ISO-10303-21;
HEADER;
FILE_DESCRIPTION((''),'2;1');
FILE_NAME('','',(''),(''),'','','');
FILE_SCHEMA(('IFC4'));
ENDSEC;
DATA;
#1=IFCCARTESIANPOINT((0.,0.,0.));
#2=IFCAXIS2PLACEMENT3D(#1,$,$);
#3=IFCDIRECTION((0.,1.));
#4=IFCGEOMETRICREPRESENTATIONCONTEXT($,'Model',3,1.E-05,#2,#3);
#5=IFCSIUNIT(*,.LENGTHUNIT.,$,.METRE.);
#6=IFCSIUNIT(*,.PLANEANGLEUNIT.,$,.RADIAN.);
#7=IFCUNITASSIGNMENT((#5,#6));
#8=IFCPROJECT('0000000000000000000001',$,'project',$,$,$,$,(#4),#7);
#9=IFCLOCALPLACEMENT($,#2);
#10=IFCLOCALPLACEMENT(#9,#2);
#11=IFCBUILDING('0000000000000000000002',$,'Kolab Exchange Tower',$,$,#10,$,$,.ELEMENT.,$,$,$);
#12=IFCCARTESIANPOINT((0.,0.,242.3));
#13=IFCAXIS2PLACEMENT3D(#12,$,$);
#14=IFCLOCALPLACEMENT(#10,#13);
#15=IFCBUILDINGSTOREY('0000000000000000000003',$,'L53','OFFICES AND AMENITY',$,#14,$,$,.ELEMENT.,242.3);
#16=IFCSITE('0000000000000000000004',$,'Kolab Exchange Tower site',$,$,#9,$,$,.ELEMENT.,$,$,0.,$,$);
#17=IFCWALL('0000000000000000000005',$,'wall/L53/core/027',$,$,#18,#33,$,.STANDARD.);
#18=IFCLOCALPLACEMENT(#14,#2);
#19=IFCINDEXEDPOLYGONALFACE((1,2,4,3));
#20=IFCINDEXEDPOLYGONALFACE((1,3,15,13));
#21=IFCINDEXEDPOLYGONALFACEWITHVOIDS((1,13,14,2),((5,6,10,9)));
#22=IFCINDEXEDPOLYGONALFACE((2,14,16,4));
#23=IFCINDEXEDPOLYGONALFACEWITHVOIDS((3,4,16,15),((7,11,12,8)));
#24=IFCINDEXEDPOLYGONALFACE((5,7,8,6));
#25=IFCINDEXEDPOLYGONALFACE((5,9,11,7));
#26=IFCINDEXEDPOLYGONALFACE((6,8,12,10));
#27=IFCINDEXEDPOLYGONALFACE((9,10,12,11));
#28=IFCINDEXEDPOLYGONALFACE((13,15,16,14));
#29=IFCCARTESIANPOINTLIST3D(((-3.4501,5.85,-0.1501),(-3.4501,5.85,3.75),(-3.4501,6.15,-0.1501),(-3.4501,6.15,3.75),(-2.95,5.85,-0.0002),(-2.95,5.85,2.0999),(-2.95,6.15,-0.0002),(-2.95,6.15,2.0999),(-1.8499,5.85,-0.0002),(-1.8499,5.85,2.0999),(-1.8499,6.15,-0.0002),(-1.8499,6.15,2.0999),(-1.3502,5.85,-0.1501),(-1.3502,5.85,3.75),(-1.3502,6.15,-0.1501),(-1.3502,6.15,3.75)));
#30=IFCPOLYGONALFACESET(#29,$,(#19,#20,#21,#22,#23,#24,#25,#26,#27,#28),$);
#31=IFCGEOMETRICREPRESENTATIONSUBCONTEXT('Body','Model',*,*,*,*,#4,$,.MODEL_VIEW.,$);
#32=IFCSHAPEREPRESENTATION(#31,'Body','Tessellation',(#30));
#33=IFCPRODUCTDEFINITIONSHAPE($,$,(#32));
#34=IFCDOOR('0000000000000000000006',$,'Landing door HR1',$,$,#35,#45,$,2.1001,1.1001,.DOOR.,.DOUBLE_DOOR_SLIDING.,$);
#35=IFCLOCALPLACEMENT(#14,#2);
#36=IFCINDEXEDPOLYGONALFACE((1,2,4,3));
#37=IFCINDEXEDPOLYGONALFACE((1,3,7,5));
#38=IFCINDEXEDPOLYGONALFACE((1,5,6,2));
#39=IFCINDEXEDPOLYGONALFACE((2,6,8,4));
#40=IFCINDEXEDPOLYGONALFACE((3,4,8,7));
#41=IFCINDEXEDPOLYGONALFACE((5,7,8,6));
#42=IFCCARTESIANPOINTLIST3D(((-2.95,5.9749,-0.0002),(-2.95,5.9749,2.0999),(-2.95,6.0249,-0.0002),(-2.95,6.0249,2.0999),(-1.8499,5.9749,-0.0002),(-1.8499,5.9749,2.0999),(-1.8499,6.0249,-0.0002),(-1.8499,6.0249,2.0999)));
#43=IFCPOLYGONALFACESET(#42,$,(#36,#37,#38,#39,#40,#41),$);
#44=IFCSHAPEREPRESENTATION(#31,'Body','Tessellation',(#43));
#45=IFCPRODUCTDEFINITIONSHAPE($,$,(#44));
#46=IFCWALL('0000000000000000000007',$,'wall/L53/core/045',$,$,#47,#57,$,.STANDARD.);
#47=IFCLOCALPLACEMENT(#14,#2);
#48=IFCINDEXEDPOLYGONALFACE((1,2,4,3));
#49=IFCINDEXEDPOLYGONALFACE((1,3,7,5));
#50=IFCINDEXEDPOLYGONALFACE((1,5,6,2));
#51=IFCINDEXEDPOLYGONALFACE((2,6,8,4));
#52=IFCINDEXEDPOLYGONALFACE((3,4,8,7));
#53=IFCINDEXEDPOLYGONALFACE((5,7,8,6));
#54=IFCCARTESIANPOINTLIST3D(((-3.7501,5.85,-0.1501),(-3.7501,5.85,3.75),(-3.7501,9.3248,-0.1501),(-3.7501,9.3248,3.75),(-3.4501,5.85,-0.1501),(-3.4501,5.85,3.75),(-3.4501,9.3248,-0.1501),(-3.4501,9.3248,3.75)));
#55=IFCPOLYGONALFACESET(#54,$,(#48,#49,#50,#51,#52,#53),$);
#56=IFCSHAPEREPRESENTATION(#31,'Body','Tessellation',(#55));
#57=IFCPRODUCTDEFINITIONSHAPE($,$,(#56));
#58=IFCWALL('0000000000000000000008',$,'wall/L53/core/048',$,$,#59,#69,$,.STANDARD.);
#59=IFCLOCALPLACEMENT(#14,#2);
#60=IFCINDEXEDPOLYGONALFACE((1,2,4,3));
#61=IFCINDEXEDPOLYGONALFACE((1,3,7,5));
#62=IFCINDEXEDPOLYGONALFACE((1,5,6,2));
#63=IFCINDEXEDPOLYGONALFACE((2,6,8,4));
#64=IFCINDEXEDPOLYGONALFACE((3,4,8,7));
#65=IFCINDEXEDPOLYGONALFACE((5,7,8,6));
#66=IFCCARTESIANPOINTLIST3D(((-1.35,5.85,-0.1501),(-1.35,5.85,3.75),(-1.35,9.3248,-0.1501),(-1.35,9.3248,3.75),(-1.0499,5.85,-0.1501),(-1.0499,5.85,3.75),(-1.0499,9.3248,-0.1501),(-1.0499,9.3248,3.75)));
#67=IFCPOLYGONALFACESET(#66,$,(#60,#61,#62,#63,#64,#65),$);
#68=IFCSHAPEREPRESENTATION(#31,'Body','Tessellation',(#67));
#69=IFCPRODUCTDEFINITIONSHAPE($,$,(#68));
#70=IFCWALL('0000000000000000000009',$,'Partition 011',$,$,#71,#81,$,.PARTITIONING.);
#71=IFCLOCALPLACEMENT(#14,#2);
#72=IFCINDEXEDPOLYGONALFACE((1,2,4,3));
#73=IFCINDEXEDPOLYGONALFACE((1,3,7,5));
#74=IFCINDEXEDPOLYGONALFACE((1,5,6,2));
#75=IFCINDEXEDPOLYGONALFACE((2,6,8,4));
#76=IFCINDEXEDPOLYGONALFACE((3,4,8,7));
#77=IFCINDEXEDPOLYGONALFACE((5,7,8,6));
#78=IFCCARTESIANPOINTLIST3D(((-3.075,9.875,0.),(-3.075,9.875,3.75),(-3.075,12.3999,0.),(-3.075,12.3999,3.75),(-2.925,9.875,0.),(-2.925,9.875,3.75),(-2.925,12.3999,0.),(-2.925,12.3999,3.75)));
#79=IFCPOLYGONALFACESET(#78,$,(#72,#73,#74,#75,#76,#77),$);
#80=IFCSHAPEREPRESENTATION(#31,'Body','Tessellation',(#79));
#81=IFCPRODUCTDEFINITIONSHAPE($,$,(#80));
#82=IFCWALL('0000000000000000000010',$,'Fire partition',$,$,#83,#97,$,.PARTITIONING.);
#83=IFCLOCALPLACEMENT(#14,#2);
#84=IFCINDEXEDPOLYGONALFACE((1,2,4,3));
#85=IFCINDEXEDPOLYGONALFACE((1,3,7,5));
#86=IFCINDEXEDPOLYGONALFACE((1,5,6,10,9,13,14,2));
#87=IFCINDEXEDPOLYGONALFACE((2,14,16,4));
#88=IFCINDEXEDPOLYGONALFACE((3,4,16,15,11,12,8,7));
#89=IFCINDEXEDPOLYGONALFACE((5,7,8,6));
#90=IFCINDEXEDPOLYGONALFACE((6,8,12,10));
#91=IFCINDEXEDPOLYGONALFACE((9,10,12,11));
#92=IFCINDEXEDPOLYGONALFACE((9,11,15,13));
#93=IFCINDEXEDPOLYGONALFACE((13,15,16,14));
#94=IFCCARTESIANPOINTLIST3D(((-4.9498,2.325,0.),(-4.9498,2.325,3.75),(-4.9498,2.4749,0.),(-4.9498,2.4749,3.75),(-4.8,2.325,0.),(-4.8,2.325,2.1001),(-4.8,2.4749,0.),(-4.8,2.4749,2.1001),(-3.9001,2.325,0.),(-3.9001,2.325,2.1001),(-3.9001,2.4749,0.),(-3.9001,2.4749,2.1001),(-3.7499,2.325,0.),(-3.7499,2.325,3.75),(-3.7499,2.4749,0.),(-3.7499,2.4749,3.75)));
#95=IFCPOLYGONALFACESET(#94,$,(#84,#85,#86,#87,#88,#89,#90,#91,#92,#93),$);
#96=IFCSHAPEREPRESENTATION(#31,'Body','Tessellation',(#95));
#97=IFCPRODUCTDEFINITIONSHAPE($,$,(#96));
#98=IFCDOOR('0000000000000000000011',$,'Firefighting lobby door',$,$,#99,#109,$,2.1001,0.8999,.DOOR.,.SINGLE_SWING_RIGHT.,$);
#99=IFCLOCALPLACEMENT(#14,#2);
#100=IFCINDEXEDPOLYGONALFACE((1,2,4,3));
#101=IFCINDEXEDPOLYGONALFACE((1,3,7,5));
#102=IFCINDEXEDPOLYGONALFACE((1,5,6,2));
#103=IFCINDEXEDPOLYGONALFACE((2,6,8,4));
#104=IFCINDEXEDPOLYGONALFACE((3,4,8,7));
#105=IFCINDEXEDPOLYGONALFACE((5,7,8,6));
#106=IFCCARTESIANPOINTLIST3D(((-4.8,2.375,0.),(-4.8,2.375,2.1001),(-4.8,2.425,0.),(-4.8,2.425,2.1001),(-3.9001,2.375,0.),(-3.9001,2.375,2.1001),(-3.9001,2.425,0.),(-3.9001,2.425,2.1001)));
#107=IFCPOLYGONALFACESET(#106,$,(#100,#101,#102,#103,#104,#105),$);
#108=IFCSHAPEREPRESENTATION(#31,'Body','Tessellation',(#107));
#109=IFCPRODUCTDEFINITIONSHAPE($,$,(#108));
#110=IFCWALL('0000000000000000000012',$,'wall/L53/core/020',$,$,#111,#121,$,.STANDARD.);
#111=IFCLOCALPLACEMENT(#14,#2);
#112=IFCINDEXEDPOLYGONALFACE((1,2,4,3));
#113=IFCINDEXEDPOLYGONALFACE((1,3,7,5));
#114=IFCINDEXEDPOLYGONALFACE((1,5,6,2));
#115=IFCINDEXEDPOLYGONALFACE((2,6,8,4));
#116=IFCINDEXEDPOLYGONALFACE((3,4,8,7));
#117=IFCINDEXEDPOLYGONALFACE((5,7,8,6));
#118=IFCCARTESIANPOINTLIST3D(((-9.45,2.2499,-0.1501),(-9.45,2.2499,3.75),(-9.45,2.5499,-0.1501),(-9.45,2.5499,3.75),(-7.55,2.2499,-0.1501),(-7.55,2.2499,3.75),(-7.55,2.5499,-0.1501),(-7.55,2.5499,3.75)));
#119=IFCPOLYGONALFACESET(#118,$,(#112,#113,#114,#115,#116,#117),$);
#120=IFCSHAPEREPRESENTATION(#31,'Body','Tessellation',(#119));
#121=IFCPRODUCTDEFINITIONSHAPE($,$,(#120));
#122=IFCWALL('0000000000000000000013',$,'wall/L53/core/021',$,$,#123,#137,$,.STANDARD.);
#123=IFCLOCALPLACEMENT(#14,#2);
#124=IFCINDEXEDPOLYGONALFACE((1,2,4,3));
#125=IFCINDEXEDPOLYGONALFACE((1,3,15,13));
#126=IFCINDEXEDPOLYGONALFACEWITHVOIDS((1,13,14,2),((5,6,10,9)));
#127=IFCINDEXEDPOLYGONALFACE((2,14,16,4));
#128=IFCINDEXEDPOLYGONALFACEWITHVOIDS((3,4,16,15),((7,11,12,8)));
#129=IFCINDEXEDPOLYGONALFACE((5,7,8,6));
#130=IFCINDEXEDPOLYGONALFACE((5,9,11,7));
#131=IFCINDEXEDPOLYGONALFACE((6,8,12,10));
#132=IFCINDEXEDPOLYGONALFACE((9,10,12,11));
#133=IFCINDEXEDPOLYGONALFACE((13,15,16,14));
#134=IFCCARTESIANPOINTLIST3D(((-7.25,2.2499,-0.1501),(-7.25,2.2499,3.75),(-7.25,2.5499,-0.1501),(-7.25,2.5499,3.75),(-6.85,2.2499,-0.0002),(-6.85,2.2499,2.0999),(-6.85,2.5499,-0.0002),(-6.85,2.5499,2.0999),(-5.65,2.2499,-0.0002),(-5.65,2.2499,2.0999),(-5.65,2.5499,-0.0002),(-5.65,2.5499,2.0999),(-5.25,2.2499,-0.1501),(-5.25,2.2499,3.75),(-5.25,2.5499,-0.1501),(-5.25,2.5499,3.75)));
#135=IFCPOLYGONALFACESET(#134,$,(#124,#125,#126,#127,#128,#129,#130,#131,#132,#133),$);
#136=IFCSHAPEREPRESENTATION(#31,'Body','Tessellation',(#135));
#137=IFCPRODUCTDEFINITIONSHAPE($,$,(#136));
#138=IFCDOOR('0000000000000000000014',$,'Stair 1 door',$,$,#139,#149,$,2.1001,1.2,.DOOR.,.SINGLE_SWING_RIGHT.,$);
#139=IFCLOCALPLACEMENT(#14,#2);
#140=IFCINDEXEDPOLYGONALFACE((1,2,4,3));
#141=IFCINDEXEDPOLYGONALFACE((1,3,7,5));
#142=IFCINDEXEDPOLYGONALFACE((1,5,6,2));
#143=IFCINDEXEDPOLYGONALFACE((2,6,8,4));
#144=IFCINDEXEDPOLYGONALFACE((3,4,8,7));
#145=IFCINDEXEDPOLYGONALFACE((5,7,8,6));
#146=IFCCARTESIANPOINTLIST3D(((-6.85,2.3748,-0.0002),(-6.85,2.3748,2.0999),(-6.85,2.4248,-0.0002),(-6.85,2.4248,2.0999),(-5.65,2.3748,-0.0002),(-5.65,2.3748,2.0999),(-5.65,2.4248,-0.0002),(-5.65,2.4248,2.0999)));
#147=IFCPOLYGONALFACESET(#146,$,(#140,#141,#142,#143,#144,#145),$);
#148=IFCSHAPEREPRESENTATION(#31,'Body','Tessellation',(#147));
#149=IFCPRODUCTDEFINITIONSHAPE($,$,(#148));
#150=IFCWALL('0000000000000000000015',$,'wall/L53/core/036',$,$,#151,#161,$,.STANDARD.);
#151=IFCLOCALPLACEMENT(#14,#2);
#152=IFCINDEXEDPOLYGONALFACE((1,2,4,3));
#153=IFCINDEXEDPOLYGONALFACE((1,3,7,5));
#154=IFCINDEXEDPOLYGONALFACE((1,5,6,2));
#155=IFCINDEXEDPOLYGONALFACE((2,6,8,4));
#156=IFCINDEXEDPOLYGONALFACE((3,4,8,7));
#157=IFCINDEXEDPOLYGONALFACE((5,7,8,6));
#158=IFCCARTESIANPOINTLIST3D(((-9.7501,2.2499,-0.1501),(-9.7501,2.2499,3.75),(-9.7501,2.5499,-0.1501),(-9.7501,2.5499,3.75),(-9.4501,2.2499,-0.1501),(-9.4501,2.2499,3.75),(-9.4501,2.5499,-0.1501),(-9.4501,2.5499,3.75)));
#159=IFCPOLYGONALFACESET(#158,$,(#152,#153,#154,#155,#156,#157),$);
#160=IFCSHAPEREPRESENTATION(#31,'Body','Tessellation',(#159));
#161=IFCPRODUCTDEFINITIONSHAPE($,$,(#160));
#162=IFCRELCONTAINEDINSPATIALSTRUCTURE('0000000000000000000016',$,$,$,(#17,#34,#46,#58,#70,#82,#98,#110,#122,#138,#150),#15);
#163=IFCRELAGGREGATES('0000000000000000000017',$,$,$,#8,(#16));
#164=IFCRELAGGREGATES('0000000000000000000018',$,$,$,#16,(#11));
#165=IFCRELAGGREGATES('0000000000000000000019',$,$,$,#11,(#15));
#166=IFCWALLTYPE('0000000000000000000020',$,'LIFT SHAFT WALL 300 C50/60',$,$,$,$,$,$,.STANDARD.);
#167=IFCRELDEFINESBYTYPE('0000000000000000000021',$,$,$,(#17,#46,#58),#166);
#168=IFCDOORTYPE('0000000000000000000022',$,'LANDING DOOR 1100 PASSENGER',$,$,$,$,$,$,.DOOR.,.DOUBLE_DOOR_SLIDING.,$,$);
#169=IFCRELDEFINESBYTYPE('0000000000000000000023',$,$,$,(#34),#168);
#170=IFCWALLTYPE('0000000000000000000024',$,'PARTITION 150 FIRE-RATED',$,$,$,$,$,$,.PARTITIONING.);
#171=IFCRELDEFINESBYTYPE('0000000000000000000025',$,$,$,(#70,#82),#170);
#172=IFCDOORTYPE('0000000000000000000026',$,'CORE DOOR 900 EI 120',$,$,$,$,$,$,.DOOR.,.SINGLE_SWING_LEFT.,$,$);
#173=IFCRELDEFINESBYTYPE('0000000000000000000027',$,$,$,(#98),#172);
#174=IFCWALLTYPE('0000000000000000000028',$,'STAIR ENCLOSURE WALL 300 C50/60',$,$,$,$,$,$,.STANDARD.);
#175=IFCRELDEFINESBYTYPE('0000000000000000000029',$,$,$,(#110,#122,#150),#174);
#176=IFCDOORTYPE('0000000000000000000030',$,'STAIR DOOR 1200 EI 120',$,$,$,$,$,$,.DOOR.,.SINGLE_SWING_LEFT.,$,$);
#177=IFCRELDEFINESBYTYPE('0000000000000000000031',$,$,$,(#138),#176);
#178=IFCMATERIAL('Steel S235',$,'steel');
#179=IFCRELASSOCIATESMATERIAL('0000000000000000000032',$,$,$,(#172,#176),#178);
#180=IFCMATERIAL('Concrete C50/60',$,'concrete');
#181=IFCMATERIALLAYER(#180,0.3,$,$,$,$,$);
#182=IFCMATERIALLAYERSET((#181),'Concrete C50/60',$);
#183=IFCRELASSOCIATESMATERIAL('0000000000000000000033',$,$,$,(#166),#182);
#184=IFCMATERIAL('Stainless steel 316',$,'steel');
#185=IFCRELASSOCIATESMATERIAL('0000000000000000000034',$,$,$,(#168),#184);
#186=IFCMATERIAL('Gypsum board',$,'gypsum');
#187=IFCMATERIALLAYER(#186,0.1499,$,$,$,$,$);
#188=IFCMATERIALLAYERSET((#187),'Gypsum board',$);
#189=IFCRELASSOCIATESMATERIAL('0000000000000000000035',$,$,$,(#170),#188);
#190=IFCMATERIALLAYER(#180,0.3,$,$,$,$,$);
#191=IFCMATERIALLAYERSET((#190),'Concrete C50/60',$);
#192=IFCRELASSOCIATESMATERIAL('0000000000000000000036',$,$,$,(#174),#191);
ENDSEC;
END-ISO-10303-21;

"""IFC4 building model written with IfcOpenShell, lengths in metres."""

from ifc_helpers import new_model, si_unit, direction, frame, frame_2d, origin, place, context, subcontext, project, spatial, rectangle, extrude, material, layer, layer_set, type_object, element, fill, save


model = new_model("IFC4")

# Units and contexts
model_context = context("Model", 3, precision=1e-05, world=origin(), true_north=direction((0.0, 1.0)))
body_context = subcontext(model_context, "Body", "Model", "MODEL_VIEW")
ifc_project = project(units=[si_unit("LENGTHUNIT", "METRE"), si_unit("PLANEANGLEUNIT", "RADIAN")], contexts=[model_context])

# Site, building, storey
site_placement = place(None, origin())
site = spatial("IfcSite", under=ifc_project, at=site_placement, Name="Kolab Exchange Tower site", CompositionType="ELEMENT", RefElevation=0.0)
building_placement = place(site_placement, origin())
building = spatial("IfcBuilding", under=site, at=building_placement, Name="Kolab Exchange Tower", CompositionType="ELEMENT")
storey_placement = place(building_placement, frame((0.0, 0.0, 242.3)))
storey = spatial("IfcBuildingStorey", under=building, at=storey_placement, Name="L53", Description="OFFICES AND AMENITY", CompositionType="ELEMENT", Elevation=242.3)

# Shared definitions
ifc_material_1 = material(Name="Concrete C50/60", Category="concrete")
ifc_material_2 = material(Name="Steel S235", Category="steel")
door_type_1 = type_object("IfcDoorType", Name="CORE DOOR 900 EI 120", OperationType="SINGLE_SWING_LEFT", PredefinedType="DOOR", material=ifc_material_2)

# Shared definitions
ifc_layer_1 = layer(ifc_material_1, 0.3)
ifc_layer_set_1 = layer_set([ifc_layer_1], Name="Concrete C50/60")
wall_type_1 = type_object("IfcWallType", Name="LIFT SHAFT WALL 300 C50/60", PredefinedType="STANDARD", material=ifc_layer_set_1)

# Wall, opening, door
ifc_material_3 = material(Name="Stainless steel 316", Category="steel")
door_type_2 = type_object("IfcDoorType", Name="LANDING DOOR 1100 PASSENGER", OperationType="DOUBLE_DOOR_SLIDING", PredefinedType="DOOR", material=ifc_material_3)
wall_1_placement = place(storey_placement, frame((-3.45, 6.0, -0.1501), z_axis=(0.0, 0.0, 1.0), x_axis=(1.0, 0.0, 0.0)))
wall_1 = element("IfcWall", 1, at=wall_1_placement, inside=storey, type_object=wall_type_1, Name="wall/L53/core/027", PredefinedType="STANDARD", context=body_context, shape_type="SweptSolid", body=[
    extrude(rectangle(XDim=2.0999, YDim=0.3, at=frame_2d((1.0498, 0.0))), origin(), (0.0, 0.0, 1.0), 3.9001),
])
opening_1_placement = place(wall_1_placement, frame((0.5, 0.0, 0.1499)))
opening_1 = element("IfcOpeningElement", 2, at=opening_1_placement, cuts=wall_1, PredefinedType="OPENING", context=body_context, shape_type="SweptSolid", body=[
    extrude(rectangle(XDim=1.1001, YDim=2.1001, at=frame_2d((0.55, 1.05))), frame((0.0, 0.1602, 0.0), z_axis=(0.0, -1.0, 0.0), x_axis=(1.0, 0.0, 0.0)), (0.0, 0.0, 1.0), 0.3201),
])
door_1_placement = place(opening_1_placement, origin())
door_1 = element("IfcDoor", 3, at=door_1_placement, inside=storey, type_object=door_type_2, Name="Landing door HR1", OperationType="DOUBLE_DOOR_SLIDING", OverallHeight=2.1001, OverallWidth=1.1001, PredefinedType="DOOR", context=body_context, shape_type="SweptSolid", body=[
    extrude(rectangle(XDim=1.1001, YDim=2.1001, at=frame_2d((0.55, 1.05))), frame((0.0, 0.0249, 0.0), z_axis=(0.0, -1.0, 0.0), x_axis=(1.0, 0.0, 0.0)), (0.0, 0.0, 1.0), 0.05),
])
fill(opening_1, door_1)

# Walls
for number, where, z_axis, x_axis, name in (
    (4, (-3.6001, 5.8501, -0.1501), (0.0, 0.0, 1.0), (0.0, 1.0, 0.0), "wall/L53/core/045"),
    (5, (-1.2, 5.8501, -0.1501), (0.0, 0.0, 1.0), (0.0, 1.0, 0.0), "wall/L53/core/048"),
):
    element("IfcWall", number, at=place(storey_placement, frame(where, z_axis=z_axis, x_axis=x_axis)), inside=storey, type_object=wall_type_1, Name=name, PredefinedType="STANDARD", context=body_context, shape_type="SweptSolid", body=[
        extrude(rectangle(XDim=3.4749, YDim=0.3, at=frame_2d((1.7373, 0.0))), origin(), (0.0, 0.0, 1.0), 3.9001),
    ])
ifc_material_4 = material(Name="Gypsum board", Category="gypsum")
ifc_layer_2 = layer(ifc_material_4, 0.1499)
ifc_layer_set_2 = layer_set([ifc_layer_2], Name="Gypsum board")
wall_type_2 = type_object("IfcWallType", Name="PARTITION 150 FIRE-RATED", PredefinedType="PARTITIONING", material=ifc_layer_set_2)
wall_2_placement = place(storey_placement, frame((-3.0, 9.875, 0.0), z_axis=(0.0, 0.0, 1.0), x_axis=(0.0, 1.0, 0.0)))
element("IfcWall", 6, at=wall_2_placement, inside=storey, type_object=wall_type_2, Name="Partition 011", PredefinedType="PARTITIONING", context=body_context, shape_type="SweptSolid", body=[
    extrude(rectangle(XDim=2.5249, YDim=0.1499, at=frame_2d((1.2625, 0.0))), origin(), (0.0, 0.0, 1.0), 3.75),
])

# Wall, opening, door
wall_3_placement = place(storey_placement, frame((-4.95, 2.3999, 0.0), z_axis=(0.0, 0.0, 1.0), x_axis=(1.0, 0.0, 0.0)))
wall_3 = element("IfcWall", 7, at=wall_3_placement, inside=storey, type_object=wall_type_2, Name="Fire partition", PredefinedType="PARTITIONING", context=body_context, shape_type="SweptSolid", body=[
    extrude(rectangle(XDim=1.2, YDim=0.1499, at=frame_2d((0.6001, 0.0))), origin(), (0.0, 0.0, 1.0), 3.75),
])
opening_2_placement = place(wall_3_placement, frame((0.1499, 0.0, 0.0)))
opening_2 = element("IfcOpeningElement", 8, at=opening_2_placement, cuts=wall_3, PredefinedType="OPENING", context=body_context, shape_type="SweptSolid", body=[
    extrude(rectangle(XDim=0.8999, YDim=2.1001, at=frame_2d((0.45, 1.05))), frame((0.0, 0.085, 0.0), z_axis=(0.0, -1.0, 0.0), x_axis=(1.0, 0.0, 0.0)), (0.0, 0.0, 1.0), 0.1699),
])
door_2_placement = place(opening_2_placement, frame((0.8999, 0.0, 0.0), z_axis=(0.0, 0.0, 1.0), x_axis=(-1.0, 0.0, 0.0)))
door_2 = element("IfcDoor", 9, at=door_2_placement, inside=storey, type_object=door_type_1, Name="Firefighting lobby door", OperationType="SINGLE_SWING_RIGHT", OverallHeight=2.1001, OverallWidth=0.8999, PredefinedType="DOOR", context=body_context, shape_type="SweptSolid", body=[
    extrude(rectangle(XDim=0.8999, YDim=2.1001, at=frame_2d((0.45, 1.05))), frame((0.0, 0.0249, 0.0), z_axis=(0.0, -1.0, 0.0), x_axis=(1.0, 0.0, 0.0)), (0.0, 0.0, 1.0), 0.05),
])
fill(opening_2, door_2)

# Wall
ifc_layer_3 = layer(ifc_material_1, 0.3)
ifc_layer_set_3 = layer_set([ifc_layer_3], Name="Concrete C50/60")
wall_type_3 = type_object("IfcWallType", Name="STAIR ENCLOSURE WALL 300 C50/60", PredefinedType="STANDARD", material=ifc_layer_set_3)
wall_4_placement = place(storey_placement, frame((-9.45, 2.3999, -0.1501), z_axis=(0.0, 0.0, 1.0), x_axis=(1.0, 0.0, 0.0)))
element("IfcWall", 10, at=wall_4_placement, inside=storey, type_object=wall_type_3, Name="wall/L53/core/020", PredefinedType="STANDARD", context=body_context, shape_type="SweptSolid", body=[
    extrude(rectangle(XDim=1.8999, YDim=0.3, at=frame_2d((0.95, 0.0))), origin(), (0.0, 0.0, 1.0), 3.9001),
])

# Wall, opening, door
wall_5_placement = place(storey_placement, frame((-7.25, 2.3999, -0.1501), z_axis=(0.0, 0.0, 1.0), x_axis=(1.0, 0.0, 0.0)))
wall_5 = element("IfcWall", 11, at=wall_5_placement, inside=storey, type_object=wall_type_3, Name="wall/L53/core/021", PredefinedType="STANDARD", context=body_context, shape_type="SweptSolid", body=[
    extrude(rectangle(XDim=2.0, YDim=0.3, at=frame_2d((1.0, 0.0))), origin(), (0.0, 0.0, 1.0), 3.9001),
])
opening_3_placement = place(wall_5_placement, frame((0.3999, 0.0, 0.1499)))
opening_3 = element("IfcOpeningElement", 12, at=opening_3_placement, cuts=wall_5, PredefinedType="OPENING", context=body_context, shape_type="SweptSolid", body=[
    extrude(rectangle(XDim=1.2, YDim=2.1001, at=frame_2d((0.6001, 1.05))), frame((0.0, 0.1602, 0.0), z_axis=(0.0, -1.0, 0.0), x_axis=(1.0, 0.0, 0.0)), (0.0, 0.0, 1.0), 0.3201),
])
door_type_3 = type_object("IfcDoorType", Name="STAIR DOOR 1200 EI 120", OperationType="SINGLE_SWING_LEFT", PredefinedType="DOOR", material=ifc_material_2)
door_3_placement = place(opening_3_placement, origin())
door_3 = element("IfcDoor", 13, at=door_3_placement, inside=storey, type_object=door_type_3, Name="Stair 1 door", OperationType="SINGLE_SWING_RIGHT", OverallHeight=2.1001, OverallWidth=1.2, PredefinedType="DOOR", context=body_context, shape_type="SweptSolid", body=[
    extrude(rectangle(XDim=1.2, YDim=2.1001, at=frame_2d((0.6001, 1.05))), frame((0.0, 0.0249, 0.0), z_axis=(0.0, -1.0, 0.0), x_axis=(1.0, 0.0, 0.0)), (0.0, 0.0, 1.0), 0.05),
])
fill(opening_3, door_3)

# Wall
wall_6_placement = place(storey_placement, frame((-9.6001, 2.25, -0.1501), z_axis=(0.0, 0.0, 1.0), x_axis=(0.0, 1.0, 0.0)))
element("IfcWall", 14, at=wall_6_placement, inside=storey, type_object=wall_type_3, Name="wall/L53/core/036", PredefinedType="STANDARD", context=body_context, shape_type="SweptSolid", body=[
    extrude(rectangle(XDim=0.3, YDim=0.3, at=frame_2d((0.1499, 0.0))), origin(), (0.0, 0.0, 1.0), 3.9001),
])

save(model, "model.ifc")
